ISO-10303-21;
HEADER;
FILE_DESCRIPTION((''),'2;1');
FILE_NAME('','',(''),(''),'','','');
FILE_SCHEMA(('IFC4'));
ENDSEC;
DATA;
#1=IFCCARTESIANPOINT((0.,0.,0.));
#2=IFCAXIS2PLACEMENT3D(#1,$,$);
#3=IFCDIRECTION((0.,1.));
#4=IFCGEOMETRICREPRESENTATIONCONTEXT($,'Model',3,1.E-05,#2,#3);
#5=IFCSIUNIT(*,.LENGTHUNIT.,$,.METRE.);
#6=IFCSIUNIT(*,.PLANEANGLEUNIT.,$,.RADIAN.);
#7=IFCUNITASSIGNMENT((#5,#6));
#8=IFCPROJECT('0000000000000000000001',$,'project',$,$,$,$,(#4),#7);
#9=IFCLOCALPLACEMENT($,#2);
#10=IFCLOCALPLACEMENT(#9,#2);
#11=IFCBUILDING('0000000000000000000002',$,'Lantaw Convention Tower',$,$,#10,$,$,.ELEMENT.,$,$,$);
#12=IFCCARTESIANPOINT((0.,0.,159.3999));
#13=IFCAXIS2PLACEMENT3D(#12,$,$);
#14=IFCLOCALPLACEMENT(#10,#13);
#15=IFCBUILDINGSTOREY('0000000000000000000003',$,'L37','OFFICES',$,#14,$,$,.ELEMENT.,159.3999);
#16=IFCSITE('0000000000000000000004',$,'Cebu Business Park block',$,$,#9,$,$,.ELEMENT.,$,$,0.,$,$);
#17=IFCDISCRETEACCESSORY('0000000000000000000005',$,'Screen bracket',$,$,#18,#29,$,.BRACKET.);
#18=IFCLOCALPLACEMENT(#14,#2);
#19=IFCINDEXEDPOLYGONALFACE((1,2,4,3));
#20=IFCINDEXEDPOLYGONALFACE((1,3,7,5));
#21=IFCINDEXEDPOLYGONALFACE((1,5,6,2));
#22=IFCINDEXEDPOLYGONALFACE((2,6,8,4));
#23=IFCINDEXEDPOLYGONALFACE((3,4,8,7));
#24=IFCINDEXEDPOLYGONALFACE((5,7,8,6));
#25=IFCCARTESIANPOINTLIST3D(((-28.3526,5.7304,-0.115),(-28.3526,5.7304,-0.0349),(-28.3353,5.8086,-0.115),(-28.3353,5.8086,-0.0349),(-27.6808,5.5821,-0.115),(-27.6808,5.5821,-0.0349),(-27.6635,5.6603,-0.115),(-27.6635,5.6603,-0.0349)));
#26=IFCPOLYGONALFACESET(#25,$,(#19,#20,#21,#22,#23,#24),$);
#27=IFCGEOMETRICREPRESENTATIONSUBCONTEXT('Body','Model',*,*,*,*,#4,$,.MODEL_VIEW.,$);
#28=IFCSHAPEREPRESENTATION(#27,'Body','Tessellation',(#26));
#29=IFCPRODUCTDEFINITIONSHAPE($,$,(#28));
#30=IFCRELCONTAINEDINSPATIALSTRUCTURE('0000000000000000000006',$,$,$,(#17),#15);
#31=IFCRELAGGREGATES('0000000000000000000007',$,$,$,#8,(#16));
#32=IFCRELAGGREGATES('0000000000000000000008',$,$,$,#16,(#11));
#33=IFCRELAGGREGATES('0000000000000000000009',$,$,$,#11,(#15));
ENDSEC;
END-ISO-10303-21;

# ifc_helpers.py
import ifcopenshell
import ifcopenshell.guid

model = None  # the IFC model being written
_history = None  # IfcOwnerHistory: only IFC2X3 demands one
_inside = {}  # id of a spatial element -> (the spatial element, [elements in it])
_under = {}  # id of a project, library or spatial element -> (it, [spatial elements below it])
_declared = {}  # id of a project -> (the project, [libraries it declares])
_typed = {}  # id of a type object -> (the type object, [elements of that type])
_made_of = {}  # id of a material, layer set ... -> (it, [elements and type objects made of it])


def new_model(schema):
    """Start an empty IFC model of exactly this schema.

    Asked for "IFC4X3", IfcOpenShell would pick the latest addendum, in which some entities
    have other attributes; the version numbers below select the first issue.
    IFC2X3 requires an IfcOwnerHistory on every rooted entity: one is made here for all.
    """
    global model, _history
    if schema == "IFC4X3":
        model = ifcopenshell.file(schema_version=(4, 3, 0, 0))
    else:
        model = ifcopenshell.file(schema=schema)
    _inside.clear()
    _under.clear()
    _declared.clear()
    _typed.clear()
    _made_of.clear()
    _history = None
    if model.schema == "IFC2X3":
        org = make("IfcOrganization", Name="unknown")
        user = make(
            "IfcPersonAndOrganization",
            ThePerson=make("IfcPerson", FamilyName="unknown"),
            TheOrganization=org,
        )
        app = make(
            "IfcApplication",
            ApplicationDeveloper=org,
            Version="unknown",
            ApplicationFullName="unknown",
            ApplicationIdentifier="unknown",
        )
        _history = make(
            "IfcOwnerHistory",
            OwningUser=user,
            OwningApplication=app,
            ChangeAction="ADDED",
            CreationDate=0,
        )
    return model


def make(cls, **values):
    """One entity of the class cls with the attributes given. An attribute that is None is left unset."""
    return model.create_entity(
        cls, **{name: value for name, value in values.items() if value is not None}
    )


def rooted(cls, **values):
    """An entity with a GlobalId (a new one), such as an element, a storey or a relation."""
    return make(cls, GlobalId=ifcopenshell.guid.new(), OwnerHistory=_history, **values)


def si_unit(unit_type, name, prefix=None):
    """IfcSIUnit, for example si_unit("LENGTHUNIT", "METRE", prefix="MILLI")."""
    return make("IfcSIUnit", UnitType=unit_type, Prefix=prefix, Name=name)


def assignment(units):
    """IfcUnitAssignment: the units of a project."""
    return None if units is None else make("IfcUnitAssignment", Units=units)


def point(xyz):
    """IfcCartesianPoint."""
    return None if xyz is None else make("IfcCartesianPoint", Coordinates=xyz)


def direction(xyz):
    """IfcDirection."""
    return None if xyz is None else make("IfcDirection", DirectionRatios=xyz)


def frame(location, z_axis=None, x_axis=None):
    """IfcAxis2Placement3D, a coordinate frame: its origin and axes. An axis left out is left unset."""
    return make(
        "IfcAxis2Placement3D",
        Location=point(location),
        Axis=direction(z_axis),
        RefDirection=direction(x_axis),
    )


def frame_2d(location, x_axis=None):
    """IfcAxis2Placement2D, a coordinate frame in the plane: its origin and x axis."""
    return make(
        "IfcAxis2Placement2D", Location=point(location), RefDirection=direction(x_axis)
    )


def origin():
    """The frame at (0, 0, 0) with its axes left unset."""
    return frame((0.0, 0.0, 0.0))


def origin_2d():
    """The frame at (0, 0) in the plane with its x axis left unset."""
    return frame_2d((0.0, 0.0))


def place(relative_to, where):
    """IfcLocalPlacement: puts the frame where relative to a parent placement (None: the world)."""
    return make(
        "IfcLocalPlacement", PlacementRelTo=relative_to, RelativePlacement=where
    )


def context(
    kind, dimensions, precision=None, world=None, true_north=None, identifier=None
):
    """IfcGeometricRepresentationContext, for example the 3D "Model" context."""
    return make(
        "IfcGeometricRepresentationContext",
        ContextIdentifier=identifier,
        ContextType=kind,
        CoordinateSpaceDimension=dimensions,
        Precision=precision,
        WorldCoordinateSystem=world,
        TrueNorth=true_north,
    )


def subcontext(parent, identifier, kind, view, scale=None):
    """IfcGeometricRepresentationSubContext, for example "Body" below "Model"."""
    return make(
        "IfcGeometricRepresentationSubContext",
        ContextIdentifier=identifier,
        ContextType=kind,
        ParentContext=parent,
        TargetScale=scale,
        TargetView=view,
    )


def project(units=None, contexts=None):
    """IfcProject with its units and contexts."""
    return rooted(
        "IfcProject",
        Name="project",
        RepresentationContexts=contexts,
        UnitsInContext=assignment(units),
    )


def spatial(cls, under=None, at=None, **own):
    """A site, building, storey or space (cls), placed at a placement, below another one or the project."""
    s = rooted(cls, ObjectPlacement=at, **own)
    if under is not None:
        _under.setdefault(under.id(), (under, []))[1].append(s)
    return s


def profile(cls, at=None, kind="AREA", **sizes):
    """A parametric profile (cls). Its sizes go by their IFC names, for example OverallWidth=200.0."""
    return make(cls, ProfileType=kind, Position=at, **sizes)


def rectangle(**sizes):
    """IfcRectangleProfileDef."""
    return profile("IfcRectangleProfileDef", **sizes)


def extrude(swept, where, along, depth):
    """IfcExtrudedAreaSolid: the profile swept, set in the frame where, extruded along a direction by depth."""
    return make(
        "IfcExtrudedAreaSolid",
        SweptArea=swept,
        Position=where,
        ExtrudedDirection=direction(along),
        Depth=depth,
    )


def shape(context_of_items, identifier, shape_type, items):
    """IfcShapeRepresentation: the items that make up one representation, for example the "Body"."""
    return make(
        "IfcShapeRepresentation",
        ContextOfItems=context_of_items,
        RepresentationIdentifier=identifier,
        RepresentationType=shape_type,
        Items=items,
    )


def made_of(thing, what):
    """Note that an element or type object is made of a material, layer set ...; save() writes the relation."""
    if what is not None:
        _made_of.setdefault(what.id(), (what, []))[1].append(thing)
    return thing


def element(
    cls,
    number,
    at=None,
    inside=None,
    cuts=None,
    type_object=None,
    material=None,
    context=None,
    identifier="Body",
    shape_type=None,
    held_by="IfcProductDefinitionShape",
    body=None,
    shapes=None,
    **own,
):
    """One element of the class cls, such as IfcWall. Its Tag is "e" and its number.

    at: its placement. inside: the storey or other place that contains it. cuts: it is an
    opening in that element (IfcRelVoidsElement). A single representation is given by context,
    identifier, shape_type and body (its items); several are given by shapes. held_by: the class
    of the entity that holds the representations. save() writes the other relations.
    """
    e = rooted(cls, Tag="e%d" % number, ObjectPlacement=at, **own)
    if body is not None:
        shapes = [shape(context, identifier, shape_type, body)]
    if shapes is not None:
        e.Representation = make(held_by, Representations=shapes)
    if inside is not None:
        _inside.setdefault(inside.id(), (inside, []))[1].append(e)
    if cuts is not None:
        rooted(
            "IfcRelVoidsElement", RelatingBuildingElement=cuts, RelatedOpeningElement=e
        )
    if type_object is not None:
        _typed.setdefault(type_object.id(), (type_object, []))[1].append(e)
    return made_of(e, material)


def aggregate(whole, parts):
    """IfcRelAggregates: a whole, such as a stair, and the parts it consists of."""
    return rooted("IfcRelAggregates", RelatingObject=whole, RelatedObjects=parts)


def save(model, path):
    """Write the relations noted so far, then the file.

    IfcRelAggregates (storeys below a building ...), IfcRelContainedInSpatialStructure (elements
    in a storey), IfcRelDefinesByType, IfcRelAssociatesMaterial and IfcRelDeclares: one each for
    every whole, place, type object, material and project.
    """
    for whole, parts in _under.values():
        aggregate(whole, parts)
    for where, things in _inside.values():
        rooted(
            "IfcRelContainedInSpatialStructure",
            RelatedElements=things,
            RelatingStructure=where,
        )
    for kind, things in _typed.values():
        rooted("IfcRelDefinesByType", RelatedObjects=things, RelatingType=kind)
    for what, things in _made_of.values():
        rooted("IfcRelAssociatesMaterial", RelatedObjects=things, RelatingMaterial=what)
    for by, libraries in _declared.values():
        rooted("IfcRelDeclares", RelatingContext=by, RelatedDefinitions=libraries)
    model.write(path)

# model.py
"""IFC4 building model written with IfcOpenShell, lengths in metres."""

from ifc_helpers import new_model, si_unit, direction, frame, origin, origin_2d, place, context, subcontext, project, spatial, rectangle, extrude, element, save


model = new_model("IFC4")

# Units and contexts
model_context = context("Model", 3, precision=1e-05, world=origin(), true_north=direction((0.0, 1.0)))
body_context = subcontext(model_context, "Body", "Model", "MODEL_VIEW")
ifc_project = project(units=[si_unit("LENGTHUNIT", "METRE"), si_unit("PLANEANGLEUNIT", "RADIAN")], contexts=[model_context])

# Site, building, storey
site_placement = place(None, origin())
site = spatial("IfcSite", under=ifc_project, at=site_placement, Name="Cebu Business Park block", CompositionType="ELEMENT", RefElevation=0.0)
building_placement = place(site_placement, origin())
building = spatial("IfcBuilding", under=site, at=building_placement, Name="Lantaw Convention Tower", CompositionType="ELEMENT")
storey_placement = place(building_placement, frame((0.0, 0.0, 159.3999)))
storey = spatial("IfcBuildingStorey", under=building, at=storey_placement, Name="L37", Description="OFFICES", CompositionType="ELEMENT", Elevation=159.3999)

# Discrete accessory
discrete_accessory_placement = place(storey_placement, frame((-28.0081, 5.6953, -0.115), z_axis=(0.0, 0.0, 1.0), x_axis=(-0.215546, -0.976494, 0.0)))
element("IfcDiscreteAccessory", 1, at=discrete_accessory_placement, inside=storey, Name="Screen bracket", PredefinedType="BRACKET", context=body_context, shape_type="SweptSolid", body=[
    extrude(rectangle(XDim=0.0801, YDim=0.688, at=origin_2d()), origin(), (0.0, 0.0, 1.0), 0.0801),
])

save(model, "model.ifc")
